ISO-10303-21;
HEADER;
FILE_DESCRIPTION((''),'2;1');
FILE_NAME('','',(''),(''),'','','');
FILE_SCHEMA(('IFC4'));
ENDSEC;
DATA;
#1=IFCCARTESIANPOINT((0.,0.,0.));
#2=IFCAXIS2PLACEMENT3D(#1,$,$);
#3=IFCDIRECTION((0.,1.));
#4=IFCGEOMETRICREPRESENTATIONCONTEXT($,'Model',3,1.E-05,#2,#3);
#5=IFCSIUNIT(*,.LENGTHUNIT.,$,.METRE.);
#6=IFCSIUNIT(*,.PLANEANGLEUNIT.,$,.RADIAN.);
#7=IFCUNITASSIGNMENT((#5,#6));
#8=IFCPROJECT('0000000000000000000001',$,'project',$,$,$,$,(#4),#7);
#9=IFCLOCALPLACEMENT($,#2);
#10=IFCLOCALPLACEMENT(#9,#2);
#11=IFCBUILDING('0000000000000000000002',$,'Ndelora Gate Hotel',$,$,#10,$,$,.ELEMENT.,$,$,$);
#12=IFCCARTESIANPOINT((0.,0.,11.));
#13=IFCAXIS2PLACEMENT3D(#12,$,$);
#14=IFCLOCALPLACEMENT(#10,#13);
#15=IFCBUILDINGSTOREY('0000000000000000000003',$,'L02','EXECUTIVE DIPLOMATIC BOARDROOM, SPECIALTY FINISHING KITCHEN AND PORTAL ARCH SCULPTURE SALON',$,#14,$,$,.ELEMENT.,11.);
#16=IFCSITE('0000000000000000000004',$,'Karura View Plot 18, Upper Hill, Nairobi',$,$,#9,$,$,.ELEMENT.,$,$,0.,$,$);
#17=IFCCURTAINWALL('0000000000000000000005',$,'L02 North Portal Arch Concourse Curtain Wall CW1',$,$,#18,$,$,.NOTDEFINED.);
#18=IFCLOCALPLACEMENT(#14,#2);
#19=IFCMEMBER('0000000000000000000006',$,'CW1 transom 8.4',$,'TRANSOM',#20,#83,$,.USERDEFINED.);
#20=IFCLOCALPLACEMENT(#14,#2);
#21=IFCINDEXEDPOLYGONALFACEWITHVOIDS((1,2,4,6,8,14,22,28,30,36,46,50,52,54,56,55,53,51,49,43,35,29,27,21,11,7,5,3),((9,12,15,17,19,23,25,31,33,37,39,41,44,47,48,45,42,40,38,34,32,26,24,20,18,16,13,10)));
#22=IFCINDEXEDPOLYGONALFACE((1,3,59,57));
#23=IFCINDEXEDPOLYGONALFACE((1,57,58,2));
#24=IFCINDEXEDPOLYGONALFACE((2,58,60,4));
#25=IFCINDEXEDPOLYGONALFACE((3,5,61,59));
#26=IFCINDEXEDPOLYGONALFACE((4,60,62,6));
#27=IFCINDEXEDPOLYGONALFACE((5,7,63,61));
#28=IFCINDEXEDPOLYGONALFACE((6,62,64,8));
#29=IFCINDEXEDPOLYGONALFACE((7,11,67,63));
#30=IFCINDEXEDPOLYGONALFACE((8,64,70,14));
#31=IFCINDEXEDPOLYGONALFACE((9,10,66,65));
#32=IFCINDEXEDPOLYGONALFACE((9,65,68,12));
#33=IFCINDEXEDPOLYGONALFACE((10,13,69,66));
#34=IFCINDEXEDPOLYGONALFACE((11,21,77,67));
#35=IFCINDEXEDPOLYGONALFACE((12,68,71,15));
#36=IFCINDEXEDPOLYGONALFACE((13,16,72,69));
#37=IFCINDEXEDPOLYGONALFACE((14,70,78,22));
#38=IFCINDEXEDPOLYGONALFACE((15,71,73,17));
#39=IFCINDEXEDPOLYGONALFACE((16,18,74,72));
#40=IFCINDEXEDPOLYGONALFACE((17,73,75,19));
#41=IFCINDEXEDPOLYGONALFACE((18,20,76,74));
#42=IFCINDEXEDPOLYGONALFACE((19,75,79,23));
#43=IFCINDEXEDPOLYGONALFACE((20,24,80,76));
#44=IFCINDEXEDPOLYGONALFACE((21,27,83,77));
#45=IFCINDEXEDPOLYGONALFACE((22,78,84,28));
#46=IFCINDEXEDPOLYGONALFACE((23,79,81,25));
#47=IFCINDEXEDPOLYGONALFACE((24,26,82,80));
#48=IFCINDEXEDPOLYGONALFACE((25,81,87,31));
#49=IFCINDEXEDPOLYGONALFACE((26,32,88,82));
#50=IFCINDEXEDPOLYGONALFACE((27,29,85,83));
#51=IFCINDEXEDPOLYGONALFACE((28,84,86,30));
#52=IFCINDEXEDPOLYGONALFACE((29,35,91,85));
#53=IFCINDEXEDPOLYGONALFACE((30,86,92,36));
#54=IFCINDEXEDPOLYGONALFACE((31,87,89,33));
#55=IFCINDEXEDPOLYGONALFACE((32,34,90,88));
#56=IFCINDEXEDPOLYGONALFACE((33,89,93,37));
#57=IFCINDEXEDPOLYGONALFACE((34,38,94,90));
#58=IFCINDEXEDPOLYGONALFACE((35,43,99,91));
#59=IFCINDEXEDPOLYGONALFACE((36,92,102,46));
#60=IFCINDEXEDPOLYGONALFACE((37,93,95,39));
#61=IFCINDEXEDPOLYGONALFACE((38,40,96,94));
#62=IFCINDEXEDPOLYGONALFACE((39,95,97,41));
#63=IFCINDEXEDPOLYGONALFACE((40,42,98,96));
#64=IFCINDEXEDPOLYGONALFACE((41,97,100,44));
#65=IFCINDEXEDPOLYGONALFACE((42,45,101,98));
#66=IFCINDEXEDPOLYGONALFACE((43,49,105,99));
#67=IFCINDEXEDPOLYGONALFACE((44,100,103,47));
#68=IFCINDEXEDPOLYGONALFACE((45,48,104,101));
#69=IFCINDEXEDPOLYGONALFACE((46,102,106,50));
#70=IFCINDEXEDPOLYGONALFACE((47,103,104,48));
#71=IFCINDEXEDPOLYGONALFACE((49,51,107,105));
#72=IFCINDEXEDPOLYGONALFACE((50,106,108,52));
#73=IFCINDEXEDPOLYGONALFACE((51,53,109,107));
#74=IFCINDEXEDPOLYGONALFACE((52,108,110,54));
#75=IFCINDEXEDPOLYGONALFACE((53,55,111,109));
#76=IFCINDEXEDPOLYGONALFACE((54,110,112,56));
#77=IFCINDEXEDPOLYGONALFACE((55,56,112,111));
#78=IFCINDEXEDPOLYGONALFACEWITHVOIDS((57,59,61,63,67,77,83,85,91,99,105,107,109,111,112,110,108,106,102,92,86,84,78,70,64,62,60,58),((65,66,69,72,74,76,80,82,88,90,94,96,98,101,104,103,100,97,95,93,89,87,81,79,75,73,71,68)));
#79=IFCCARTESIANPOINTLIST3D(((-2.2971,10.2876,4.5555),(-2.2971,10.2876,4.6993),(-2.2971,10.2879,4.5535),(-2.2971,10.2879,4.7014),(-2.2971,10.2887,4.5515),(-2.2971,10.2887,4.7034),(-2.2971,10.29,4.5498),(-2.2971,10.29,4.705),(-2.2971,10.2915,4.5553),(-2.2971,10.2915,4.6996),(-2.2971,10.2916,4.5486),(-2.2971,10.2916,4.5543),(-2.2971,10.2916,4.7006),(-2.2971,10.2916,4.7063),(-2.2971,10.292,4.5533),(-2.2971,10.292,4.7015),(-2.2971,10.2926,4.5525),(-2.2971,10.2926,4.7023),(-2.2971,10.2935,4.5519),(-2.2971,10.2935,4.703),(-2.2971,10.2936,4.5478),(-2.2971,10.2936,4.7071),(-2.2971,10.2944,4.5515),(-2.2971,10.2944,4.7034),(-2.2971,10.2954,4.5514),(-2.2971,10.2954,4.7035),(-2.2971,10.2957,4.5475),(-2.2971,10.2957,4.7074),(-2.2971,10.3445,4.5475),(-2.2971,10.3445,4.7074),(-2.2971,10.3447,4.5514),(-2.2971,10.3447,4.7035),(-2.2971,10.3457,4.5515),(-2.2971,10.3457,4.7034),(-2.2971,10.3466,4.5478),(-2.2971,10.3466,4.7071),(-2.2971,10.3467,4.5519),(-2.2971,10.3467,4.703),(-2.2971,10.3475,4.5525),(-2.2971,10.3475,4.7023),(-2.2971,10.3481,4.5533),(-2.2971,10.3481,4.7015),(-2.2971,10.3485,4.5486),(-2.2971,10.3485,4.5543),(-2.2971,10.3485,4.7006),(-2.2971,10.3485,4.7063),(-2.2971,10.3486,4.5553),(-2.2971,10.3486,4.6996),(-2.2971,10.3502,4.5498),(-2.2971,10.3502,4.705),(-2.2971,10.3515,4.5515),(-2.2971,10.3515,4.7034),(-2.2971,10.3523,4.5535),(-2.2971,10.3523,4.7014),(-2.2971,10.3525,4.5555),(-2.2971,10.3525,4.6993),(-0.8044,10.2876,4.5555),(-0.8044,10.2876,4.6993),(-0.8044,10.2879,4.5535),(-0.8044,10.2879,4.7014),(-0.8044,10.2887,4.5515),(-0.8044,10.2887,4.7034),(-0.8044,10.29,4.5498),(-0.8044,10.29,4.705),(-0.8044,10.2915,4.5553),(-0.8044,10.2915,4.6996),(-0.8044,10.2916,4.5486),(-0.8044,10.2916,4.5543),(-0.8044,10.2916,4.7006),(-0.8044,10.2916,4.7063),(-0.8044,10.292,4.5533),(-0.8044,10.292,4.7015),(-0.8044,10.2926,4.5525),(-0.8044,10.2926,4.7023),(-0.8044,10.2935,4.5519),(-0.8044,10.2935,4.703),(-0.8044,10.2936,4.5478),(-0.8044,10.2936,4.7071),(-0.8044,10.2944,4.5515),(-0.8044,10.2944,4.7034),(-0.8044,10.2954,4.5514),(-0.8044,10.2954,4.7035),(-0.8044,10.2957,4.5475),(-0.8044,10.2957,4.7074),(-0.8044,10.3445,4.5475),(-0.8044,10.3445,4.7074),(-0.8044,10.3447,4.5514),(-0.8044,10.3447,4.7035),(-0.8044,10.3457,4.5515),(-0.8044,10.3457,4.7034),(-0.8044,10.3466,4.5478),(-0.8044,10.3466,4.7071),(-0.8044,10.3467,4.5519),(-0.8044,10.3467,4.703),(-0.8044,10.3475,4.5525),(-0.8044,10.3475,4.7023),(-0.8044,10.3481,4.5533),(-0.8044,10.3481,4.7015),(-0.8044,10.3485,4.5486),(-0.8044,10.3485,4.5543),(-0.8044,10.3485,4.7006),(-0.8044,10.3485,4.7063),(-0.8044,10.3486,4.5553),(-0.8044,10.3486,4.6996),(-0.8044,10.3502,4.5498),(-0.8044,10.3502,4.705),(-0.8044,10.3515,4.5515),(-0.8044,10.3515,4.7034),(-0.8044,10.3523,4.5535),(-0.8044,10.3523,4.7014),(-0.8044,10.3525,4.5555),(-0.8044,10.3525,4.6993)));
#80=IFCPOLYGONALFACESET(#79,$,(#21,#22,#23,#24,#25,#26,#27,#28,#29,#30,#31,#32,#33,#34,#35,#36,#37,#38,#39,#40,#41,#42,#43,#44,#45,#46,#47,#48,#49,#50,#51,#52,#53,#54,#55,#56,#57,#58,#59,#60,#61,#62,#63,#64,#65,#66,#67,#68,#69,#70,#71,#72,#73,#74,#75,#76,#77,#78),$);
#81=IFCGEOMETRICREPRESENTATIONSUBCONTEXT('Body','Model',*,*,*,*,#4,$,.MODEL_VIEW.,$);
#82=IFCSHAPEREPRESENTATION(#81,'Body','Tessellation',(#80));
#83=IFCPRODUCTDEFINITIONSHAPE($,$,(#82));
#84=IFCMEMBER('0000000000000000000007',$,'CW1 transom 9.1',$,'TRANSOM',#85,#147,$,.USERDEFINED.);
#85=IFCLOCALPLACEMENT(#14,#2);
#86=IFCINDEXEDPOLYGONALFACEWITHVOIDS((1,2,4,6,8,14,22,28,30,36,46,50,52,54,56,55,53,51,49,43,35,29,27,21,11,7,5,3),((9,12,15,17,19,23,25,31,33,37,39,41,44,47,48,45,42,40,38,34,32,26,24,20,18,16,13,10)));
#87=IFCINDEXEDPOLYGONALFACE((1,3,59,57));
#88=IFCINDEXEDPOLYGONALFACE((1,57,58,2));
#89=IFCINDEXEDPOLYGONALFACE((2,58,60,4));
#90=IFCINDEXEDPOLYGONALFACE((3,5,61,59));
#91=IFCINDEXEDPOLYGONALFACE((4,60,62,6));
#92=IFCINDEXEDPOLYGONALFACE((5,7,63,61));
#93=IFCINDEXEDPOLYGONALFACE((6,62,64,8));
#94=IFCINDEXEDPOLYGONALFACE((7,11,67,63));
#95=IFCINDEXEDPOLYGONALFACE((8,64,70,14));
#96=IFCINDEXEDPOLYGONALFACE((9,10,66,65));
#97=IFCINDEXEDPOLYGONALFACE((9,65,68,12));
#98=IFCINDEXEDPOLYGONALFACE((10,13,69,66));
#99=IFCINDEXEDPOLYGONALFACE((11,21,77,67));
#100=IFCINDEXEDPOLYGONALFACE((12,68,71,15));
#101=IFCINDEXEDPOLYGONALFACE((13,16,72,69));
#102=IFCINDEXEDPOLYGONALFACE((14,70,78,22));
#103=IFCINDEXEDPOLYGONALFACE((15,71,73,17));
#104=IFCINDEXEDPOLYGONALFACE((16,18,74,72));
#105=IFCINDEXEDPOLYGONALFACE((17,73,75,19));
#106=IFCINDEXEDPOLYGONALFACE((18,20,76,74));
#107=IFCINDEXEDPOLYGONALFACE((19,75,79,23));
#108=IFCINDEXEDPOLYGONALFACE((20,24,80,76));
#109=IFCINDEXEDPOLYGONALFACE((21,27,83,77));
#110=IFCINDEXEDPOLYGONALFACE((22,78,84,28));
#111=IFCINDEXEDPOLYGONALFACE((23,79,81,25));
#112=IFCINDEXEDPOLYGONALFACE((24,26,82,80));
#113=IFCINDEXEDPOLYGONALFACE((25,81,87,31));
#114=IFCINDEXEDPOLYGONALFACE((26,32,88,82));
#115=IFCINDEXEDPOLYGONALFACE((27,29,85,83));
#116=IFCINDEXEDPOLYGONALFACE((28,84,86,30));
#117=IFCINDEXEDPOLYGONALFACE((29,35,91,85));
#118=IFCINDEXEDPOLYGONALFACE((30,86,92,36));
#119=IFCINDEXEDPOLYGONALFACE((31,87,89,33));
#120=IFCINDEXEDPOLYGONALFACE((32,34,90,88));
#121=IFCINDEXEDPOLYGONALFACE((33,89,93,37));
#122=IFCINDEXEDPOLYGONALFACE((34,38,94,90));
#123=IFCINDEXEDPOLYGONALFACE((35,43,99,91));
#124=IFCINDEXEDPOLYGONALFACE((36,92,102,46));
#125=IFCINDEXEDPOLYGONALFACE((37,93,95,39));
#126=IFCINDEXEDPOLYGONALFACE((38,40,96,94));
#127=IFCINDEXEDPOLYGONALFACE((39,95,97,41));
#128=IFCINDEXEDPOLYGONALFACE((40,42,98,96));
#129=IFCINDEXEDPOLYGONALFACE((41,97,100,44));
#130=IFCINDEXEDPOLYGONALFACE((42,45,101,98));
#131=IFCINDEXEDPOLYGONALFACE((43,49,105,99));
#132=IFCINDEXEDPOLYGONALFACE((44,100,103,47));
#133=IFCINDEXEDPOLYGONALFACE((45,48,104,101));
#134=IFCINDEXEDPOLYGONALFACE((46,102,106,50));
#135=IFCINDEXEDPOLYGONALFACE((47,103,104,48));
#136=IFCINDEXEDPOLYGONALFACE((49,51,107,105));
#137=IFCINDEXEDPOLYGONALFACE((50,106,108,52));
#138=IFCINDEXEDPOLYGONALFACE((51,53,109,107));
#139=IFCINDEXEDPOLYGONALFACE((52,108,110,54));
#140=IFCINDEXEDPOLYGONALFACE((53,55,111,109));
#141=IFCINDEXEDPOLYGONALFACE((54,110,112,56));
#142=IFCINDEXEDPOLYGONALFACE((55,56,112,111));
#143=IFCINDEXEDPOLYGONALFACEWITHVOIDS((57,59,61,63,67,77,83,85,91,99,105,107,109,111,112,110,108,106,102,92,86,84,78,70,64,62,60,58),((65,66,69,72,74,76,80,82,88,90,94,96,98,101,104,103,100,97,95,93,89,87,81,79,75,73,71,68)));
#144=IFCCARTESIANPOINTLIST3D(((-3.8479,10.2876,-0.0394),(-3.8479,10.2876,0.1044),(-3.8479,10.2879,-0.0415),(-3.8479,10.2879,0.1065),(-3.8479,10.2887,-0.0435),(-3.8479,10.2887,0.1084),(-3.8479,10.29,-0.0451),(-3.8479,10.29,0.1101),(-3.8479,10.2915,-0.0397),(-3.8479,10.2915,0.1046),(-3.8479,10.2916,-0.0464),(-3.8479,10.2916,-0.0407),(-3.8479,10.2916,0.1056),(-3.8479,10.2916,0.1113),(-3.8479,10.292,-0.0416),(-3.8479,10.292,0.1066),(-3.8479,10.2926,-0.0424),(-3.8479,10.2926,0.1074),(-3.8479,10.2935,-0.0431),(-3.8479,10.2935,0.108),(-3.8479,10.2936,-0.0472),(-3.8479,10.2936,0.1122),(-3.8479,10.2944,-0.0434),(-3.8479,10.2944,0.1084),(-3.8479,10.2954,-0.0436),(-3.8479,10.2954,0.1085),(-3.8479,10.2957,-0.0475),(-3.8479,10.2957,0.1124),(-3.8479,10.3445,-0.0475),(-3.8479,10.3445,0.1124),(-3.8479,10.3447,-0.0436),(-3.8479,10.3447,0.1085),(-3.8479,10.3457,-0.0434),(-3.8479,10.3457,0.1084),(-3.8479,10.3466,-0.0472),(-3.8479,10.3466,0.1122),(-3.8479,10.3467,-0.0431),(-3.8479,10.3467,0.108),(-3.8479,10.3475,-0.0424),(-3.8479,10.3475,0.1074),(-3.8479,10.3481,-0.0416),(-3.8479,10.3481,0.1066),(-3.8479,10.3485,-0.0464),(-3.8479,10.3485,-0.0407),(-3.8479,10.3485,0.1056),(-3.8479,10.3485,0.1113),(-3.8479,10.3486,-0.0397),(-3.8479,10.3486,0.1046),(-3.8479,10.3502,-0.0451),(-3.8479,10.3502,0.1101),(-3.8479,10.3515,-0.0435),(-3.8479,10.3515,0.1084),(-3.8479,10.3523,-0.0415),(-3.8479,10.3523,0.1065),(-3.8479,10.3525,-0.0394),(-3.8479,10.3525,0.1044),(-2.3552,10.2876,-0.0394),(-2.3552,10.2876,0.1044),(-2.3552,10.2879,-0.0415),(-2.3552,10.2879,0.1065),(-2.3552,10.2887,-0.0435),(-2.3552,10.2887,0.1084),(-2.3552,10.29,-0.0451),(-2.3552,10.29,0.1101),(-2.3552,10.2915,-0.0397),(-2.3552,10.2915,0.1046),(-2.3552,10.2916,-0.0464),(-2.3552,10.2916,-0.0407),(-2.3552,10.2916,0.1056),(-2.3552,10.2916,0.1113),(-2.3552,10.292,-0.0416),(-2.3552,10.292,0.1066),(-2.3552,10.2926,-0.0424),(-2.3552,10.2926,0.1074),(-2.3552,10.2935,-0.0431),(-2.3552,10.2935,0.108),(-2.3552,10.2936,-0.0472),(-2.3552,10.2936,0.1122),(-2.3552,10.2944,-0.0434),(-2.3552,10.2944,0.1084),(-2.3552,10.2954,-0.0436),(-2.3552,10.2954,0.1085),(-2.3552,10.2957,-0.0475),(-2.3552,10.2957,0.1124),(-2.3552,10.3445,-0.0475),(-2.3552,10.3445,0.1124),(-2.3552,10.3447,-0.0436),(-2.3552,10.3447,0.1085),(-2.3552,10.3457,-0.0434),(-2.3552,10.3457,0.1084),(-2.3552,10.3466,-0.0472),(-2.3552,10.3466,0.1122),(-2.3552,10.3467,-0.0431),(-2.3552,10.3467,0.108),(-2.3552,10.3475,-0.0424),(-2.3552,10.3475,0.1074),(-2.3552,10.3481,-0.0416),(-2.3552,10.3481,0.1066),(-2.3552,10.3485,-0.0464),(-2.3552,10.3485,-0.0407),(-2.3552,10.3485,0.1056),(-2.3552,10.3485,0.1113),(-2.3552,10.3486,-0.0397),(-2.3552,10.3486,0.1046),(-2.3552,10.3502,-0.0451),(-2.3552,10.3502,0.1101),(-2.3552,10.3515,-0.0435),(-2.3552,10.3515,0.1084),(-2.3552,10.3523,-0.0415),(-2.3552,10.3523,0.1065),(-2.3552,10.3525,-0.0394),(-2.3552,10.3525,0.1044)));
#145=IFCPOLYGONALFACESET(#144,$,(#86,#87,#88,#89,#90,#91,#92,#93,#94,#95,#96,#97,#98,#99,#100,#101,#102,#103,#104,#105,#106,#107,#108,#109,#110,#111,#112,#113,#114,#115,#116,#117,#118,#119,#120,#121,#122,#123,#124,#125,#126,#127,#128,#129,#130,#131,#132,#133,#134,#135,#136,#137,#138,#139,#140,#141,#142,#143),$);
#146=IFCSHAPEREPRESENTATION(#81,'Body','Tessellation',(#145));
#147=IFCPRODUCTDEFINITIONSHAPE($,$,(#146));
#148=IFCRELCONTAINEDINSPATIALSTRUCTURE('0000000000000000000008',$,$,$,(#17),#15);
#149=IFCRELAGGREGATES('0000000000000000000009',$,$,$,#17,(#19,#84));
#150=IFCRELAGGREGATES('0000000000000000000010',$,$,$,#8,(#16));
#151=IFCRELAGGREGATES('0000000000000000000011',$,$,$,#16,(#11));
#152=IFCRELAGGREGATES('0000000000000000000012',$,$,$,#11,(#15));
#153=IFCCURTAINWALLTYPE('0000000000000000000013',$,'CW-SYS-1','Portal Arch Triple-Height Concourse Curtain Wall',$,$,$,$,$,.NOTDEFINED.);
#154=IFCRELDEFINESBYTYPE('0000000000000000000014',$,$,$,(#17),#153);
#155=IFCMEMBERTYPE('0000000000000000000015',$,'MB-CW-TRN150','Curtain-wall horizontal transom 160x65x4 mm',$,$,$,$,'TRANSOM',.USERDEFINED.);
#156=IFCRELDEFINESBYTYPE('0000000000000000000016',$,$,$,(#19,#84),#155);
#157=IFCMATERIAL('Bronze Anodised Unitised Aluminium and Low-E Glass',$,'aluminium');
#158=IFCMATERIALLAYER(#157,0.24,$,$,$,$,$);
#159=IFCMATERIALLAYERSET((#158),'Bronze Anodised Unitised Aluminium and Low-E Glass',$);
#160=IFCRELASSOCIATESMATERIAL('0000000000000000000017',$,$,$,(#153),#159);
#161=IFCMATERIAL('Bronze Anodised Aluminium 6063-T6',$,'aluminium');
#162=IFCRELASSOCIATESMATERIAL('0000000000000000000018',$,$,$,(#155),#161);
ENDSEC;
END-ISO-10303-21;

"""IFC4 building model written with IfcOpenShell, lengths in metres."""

from ifc_helpers import new_model, si_unit, direction, frame, origin, origin_2d, place, context, subcontext, project, spatial, hollow_rectangle, extrude, material, layer, layer_set, material_profile, profile_set, type_object, element, aggregate, save


model = new_model("IFC4")

# Units and contexts
model_context = context("Model", 3, precision=1e-05, world=origin(), true_north=direction((0.0, 1.0)))
body_context = subcontext(model_context, "Body", "Model", "MODEL_VIEW")
ifc_project = project(units=[si_unit("LENGTHUNIT", "METRE"), si_unit("PLANEANGLEUNIT", "RADIAN")], contexts=[model_context])

# Site, building, storey
site_placement = place(None, origin())
site = spatial("IfcSite", under=ifc_project, at=site_placement, Name="Karura View Plot 18, Upper Hill, Nairobi", CompositionType="ELEMENT", RefElevation=0.0)
building_placement = place(site_placement, origin())
building = spatial("IfcBuilding", under=site, at=building_placement, Name="Ndelora Gate Hotel", CompositionType="ELEMENT")
storey_placement = place(building_placement, frame((0.0, 0.0, 11.0)))
storey = spatial("IfcBuildingStorey", under=building, at=storey_placement, Name="L02", Description="EXECUTIVE DIPLOMATIC BOARDROOM, SPECIALTY FINISHING KITCHEN AND PORTAL ARCH SCULPTURE SALON", CompositionType="ELEMENT", Elevation=11.0)

# Curtain wall, members
ifc_material_1 = material(Name="Bronze Anodised Unitised Aluminium and Low-E Glass", Category="aluminium")
ifc_layer_1 = layer(ifc_material_1, 0.24)
ifc_layer_set_1 = layer_set([ifc_layer_1], Name="Bronze Anodised Unitised Aluminium and Low-E Glass")
curtain_wall_type = type_object("IfcCurtainWallType", Name="CW-SYS-1", Description="Portal Arch Triple-Height Concourse Curtain Wall", PredefinedType="NOTDEFINED", material=ifc_layer_set_1)
curtain_wall_placement = place(storey_placement, origin())
curtain_wall = element("IfcCurtainWall", 1, at=curtain_wall_placement, inside=storey, type_object=curtain_wall_type, Name="L02 North Portal Arch Concourse Curtain Wall CW1", PredefinedType="NOTDEFINED")
ifc_material_2 = material(Name="Bronze Anodised Aluminium 6063-T6", Category="aluminium")
ifc_material_profile_1 = material_profile(ifc_material_2, hollow_rectangle(XDim=0.0649, YDim=0.1599, WallThickness=0.0039, InnerFilletRadius=0.0039, OuterFilletRadius=0.0081, at=origin_2d()), Name="ALU 160x65x4")
ifc_profile_set_1 = profile_set([ifc_material_profile_1], Name="Bronze Anodised Aluminium 6063-T6")
member_type_1 = type_object("IfcMemberType", Name="MB-CW-TRN150", Description="Curtain-wall horizontal transom 160x65x4 mm", ElementType="TRANSOM", PredefinedType="USERDEFINED", material=ifc_profile_set_1)
member_1_placement = place(storey_placement, frame((-0.8044, 10.3201, 4.6274), z_axis=(-1.0, 0.0, 0.0), x_axis=(0.0, -1.0, 0.0)))
member_1 = element("IfcMember", 2, at=member_1_placement, type_object=member_type_1, Name="CW1 transom 8.4", ObjectType="TRANSOM", PredefinedType="USERDEFINED", context=body_context, shape_type="SweptSolid", body=[
    extrude(hollow_rectangle(XDim=0.0649, YDim=0.1599, WallThickness=0.0039, InnerFilletRadius=0.0039, OuterFilletRadius=0.0081, at=origin_2d()), origin(), (0.0, 0.0, 1.0), 1.4927),
])
member_2_placement = place(storey_placement, frame((-2.3552, 10.3201, 0.0325), z_axis=(-1.0, 0.0, 0.0), x_axis=(0.0, -1.0, 0.0)))
member_2 = element("IfcMember", 3, at=member_2_placement, type_object=member_type_1, Name="CW1 transom 9.1", ObjectType="TRANSOM", PredefinedType="USERDEFINED", context=body_context, shape_type="SweptSolid", body=[
    extrude(hollow_rectangle(XDim=0.0649, YDim=0.1599, WallThickness=0.0039, InnerFilletRadius=0.0039, OuterFilletRadius=0.0081, at=origin_2d()), origin(), (0.0, 0.0, 1.0), 1.4927),
])
aggregate(curtain_wall, [member_1, member_2])

save(model, "model.ifc")
